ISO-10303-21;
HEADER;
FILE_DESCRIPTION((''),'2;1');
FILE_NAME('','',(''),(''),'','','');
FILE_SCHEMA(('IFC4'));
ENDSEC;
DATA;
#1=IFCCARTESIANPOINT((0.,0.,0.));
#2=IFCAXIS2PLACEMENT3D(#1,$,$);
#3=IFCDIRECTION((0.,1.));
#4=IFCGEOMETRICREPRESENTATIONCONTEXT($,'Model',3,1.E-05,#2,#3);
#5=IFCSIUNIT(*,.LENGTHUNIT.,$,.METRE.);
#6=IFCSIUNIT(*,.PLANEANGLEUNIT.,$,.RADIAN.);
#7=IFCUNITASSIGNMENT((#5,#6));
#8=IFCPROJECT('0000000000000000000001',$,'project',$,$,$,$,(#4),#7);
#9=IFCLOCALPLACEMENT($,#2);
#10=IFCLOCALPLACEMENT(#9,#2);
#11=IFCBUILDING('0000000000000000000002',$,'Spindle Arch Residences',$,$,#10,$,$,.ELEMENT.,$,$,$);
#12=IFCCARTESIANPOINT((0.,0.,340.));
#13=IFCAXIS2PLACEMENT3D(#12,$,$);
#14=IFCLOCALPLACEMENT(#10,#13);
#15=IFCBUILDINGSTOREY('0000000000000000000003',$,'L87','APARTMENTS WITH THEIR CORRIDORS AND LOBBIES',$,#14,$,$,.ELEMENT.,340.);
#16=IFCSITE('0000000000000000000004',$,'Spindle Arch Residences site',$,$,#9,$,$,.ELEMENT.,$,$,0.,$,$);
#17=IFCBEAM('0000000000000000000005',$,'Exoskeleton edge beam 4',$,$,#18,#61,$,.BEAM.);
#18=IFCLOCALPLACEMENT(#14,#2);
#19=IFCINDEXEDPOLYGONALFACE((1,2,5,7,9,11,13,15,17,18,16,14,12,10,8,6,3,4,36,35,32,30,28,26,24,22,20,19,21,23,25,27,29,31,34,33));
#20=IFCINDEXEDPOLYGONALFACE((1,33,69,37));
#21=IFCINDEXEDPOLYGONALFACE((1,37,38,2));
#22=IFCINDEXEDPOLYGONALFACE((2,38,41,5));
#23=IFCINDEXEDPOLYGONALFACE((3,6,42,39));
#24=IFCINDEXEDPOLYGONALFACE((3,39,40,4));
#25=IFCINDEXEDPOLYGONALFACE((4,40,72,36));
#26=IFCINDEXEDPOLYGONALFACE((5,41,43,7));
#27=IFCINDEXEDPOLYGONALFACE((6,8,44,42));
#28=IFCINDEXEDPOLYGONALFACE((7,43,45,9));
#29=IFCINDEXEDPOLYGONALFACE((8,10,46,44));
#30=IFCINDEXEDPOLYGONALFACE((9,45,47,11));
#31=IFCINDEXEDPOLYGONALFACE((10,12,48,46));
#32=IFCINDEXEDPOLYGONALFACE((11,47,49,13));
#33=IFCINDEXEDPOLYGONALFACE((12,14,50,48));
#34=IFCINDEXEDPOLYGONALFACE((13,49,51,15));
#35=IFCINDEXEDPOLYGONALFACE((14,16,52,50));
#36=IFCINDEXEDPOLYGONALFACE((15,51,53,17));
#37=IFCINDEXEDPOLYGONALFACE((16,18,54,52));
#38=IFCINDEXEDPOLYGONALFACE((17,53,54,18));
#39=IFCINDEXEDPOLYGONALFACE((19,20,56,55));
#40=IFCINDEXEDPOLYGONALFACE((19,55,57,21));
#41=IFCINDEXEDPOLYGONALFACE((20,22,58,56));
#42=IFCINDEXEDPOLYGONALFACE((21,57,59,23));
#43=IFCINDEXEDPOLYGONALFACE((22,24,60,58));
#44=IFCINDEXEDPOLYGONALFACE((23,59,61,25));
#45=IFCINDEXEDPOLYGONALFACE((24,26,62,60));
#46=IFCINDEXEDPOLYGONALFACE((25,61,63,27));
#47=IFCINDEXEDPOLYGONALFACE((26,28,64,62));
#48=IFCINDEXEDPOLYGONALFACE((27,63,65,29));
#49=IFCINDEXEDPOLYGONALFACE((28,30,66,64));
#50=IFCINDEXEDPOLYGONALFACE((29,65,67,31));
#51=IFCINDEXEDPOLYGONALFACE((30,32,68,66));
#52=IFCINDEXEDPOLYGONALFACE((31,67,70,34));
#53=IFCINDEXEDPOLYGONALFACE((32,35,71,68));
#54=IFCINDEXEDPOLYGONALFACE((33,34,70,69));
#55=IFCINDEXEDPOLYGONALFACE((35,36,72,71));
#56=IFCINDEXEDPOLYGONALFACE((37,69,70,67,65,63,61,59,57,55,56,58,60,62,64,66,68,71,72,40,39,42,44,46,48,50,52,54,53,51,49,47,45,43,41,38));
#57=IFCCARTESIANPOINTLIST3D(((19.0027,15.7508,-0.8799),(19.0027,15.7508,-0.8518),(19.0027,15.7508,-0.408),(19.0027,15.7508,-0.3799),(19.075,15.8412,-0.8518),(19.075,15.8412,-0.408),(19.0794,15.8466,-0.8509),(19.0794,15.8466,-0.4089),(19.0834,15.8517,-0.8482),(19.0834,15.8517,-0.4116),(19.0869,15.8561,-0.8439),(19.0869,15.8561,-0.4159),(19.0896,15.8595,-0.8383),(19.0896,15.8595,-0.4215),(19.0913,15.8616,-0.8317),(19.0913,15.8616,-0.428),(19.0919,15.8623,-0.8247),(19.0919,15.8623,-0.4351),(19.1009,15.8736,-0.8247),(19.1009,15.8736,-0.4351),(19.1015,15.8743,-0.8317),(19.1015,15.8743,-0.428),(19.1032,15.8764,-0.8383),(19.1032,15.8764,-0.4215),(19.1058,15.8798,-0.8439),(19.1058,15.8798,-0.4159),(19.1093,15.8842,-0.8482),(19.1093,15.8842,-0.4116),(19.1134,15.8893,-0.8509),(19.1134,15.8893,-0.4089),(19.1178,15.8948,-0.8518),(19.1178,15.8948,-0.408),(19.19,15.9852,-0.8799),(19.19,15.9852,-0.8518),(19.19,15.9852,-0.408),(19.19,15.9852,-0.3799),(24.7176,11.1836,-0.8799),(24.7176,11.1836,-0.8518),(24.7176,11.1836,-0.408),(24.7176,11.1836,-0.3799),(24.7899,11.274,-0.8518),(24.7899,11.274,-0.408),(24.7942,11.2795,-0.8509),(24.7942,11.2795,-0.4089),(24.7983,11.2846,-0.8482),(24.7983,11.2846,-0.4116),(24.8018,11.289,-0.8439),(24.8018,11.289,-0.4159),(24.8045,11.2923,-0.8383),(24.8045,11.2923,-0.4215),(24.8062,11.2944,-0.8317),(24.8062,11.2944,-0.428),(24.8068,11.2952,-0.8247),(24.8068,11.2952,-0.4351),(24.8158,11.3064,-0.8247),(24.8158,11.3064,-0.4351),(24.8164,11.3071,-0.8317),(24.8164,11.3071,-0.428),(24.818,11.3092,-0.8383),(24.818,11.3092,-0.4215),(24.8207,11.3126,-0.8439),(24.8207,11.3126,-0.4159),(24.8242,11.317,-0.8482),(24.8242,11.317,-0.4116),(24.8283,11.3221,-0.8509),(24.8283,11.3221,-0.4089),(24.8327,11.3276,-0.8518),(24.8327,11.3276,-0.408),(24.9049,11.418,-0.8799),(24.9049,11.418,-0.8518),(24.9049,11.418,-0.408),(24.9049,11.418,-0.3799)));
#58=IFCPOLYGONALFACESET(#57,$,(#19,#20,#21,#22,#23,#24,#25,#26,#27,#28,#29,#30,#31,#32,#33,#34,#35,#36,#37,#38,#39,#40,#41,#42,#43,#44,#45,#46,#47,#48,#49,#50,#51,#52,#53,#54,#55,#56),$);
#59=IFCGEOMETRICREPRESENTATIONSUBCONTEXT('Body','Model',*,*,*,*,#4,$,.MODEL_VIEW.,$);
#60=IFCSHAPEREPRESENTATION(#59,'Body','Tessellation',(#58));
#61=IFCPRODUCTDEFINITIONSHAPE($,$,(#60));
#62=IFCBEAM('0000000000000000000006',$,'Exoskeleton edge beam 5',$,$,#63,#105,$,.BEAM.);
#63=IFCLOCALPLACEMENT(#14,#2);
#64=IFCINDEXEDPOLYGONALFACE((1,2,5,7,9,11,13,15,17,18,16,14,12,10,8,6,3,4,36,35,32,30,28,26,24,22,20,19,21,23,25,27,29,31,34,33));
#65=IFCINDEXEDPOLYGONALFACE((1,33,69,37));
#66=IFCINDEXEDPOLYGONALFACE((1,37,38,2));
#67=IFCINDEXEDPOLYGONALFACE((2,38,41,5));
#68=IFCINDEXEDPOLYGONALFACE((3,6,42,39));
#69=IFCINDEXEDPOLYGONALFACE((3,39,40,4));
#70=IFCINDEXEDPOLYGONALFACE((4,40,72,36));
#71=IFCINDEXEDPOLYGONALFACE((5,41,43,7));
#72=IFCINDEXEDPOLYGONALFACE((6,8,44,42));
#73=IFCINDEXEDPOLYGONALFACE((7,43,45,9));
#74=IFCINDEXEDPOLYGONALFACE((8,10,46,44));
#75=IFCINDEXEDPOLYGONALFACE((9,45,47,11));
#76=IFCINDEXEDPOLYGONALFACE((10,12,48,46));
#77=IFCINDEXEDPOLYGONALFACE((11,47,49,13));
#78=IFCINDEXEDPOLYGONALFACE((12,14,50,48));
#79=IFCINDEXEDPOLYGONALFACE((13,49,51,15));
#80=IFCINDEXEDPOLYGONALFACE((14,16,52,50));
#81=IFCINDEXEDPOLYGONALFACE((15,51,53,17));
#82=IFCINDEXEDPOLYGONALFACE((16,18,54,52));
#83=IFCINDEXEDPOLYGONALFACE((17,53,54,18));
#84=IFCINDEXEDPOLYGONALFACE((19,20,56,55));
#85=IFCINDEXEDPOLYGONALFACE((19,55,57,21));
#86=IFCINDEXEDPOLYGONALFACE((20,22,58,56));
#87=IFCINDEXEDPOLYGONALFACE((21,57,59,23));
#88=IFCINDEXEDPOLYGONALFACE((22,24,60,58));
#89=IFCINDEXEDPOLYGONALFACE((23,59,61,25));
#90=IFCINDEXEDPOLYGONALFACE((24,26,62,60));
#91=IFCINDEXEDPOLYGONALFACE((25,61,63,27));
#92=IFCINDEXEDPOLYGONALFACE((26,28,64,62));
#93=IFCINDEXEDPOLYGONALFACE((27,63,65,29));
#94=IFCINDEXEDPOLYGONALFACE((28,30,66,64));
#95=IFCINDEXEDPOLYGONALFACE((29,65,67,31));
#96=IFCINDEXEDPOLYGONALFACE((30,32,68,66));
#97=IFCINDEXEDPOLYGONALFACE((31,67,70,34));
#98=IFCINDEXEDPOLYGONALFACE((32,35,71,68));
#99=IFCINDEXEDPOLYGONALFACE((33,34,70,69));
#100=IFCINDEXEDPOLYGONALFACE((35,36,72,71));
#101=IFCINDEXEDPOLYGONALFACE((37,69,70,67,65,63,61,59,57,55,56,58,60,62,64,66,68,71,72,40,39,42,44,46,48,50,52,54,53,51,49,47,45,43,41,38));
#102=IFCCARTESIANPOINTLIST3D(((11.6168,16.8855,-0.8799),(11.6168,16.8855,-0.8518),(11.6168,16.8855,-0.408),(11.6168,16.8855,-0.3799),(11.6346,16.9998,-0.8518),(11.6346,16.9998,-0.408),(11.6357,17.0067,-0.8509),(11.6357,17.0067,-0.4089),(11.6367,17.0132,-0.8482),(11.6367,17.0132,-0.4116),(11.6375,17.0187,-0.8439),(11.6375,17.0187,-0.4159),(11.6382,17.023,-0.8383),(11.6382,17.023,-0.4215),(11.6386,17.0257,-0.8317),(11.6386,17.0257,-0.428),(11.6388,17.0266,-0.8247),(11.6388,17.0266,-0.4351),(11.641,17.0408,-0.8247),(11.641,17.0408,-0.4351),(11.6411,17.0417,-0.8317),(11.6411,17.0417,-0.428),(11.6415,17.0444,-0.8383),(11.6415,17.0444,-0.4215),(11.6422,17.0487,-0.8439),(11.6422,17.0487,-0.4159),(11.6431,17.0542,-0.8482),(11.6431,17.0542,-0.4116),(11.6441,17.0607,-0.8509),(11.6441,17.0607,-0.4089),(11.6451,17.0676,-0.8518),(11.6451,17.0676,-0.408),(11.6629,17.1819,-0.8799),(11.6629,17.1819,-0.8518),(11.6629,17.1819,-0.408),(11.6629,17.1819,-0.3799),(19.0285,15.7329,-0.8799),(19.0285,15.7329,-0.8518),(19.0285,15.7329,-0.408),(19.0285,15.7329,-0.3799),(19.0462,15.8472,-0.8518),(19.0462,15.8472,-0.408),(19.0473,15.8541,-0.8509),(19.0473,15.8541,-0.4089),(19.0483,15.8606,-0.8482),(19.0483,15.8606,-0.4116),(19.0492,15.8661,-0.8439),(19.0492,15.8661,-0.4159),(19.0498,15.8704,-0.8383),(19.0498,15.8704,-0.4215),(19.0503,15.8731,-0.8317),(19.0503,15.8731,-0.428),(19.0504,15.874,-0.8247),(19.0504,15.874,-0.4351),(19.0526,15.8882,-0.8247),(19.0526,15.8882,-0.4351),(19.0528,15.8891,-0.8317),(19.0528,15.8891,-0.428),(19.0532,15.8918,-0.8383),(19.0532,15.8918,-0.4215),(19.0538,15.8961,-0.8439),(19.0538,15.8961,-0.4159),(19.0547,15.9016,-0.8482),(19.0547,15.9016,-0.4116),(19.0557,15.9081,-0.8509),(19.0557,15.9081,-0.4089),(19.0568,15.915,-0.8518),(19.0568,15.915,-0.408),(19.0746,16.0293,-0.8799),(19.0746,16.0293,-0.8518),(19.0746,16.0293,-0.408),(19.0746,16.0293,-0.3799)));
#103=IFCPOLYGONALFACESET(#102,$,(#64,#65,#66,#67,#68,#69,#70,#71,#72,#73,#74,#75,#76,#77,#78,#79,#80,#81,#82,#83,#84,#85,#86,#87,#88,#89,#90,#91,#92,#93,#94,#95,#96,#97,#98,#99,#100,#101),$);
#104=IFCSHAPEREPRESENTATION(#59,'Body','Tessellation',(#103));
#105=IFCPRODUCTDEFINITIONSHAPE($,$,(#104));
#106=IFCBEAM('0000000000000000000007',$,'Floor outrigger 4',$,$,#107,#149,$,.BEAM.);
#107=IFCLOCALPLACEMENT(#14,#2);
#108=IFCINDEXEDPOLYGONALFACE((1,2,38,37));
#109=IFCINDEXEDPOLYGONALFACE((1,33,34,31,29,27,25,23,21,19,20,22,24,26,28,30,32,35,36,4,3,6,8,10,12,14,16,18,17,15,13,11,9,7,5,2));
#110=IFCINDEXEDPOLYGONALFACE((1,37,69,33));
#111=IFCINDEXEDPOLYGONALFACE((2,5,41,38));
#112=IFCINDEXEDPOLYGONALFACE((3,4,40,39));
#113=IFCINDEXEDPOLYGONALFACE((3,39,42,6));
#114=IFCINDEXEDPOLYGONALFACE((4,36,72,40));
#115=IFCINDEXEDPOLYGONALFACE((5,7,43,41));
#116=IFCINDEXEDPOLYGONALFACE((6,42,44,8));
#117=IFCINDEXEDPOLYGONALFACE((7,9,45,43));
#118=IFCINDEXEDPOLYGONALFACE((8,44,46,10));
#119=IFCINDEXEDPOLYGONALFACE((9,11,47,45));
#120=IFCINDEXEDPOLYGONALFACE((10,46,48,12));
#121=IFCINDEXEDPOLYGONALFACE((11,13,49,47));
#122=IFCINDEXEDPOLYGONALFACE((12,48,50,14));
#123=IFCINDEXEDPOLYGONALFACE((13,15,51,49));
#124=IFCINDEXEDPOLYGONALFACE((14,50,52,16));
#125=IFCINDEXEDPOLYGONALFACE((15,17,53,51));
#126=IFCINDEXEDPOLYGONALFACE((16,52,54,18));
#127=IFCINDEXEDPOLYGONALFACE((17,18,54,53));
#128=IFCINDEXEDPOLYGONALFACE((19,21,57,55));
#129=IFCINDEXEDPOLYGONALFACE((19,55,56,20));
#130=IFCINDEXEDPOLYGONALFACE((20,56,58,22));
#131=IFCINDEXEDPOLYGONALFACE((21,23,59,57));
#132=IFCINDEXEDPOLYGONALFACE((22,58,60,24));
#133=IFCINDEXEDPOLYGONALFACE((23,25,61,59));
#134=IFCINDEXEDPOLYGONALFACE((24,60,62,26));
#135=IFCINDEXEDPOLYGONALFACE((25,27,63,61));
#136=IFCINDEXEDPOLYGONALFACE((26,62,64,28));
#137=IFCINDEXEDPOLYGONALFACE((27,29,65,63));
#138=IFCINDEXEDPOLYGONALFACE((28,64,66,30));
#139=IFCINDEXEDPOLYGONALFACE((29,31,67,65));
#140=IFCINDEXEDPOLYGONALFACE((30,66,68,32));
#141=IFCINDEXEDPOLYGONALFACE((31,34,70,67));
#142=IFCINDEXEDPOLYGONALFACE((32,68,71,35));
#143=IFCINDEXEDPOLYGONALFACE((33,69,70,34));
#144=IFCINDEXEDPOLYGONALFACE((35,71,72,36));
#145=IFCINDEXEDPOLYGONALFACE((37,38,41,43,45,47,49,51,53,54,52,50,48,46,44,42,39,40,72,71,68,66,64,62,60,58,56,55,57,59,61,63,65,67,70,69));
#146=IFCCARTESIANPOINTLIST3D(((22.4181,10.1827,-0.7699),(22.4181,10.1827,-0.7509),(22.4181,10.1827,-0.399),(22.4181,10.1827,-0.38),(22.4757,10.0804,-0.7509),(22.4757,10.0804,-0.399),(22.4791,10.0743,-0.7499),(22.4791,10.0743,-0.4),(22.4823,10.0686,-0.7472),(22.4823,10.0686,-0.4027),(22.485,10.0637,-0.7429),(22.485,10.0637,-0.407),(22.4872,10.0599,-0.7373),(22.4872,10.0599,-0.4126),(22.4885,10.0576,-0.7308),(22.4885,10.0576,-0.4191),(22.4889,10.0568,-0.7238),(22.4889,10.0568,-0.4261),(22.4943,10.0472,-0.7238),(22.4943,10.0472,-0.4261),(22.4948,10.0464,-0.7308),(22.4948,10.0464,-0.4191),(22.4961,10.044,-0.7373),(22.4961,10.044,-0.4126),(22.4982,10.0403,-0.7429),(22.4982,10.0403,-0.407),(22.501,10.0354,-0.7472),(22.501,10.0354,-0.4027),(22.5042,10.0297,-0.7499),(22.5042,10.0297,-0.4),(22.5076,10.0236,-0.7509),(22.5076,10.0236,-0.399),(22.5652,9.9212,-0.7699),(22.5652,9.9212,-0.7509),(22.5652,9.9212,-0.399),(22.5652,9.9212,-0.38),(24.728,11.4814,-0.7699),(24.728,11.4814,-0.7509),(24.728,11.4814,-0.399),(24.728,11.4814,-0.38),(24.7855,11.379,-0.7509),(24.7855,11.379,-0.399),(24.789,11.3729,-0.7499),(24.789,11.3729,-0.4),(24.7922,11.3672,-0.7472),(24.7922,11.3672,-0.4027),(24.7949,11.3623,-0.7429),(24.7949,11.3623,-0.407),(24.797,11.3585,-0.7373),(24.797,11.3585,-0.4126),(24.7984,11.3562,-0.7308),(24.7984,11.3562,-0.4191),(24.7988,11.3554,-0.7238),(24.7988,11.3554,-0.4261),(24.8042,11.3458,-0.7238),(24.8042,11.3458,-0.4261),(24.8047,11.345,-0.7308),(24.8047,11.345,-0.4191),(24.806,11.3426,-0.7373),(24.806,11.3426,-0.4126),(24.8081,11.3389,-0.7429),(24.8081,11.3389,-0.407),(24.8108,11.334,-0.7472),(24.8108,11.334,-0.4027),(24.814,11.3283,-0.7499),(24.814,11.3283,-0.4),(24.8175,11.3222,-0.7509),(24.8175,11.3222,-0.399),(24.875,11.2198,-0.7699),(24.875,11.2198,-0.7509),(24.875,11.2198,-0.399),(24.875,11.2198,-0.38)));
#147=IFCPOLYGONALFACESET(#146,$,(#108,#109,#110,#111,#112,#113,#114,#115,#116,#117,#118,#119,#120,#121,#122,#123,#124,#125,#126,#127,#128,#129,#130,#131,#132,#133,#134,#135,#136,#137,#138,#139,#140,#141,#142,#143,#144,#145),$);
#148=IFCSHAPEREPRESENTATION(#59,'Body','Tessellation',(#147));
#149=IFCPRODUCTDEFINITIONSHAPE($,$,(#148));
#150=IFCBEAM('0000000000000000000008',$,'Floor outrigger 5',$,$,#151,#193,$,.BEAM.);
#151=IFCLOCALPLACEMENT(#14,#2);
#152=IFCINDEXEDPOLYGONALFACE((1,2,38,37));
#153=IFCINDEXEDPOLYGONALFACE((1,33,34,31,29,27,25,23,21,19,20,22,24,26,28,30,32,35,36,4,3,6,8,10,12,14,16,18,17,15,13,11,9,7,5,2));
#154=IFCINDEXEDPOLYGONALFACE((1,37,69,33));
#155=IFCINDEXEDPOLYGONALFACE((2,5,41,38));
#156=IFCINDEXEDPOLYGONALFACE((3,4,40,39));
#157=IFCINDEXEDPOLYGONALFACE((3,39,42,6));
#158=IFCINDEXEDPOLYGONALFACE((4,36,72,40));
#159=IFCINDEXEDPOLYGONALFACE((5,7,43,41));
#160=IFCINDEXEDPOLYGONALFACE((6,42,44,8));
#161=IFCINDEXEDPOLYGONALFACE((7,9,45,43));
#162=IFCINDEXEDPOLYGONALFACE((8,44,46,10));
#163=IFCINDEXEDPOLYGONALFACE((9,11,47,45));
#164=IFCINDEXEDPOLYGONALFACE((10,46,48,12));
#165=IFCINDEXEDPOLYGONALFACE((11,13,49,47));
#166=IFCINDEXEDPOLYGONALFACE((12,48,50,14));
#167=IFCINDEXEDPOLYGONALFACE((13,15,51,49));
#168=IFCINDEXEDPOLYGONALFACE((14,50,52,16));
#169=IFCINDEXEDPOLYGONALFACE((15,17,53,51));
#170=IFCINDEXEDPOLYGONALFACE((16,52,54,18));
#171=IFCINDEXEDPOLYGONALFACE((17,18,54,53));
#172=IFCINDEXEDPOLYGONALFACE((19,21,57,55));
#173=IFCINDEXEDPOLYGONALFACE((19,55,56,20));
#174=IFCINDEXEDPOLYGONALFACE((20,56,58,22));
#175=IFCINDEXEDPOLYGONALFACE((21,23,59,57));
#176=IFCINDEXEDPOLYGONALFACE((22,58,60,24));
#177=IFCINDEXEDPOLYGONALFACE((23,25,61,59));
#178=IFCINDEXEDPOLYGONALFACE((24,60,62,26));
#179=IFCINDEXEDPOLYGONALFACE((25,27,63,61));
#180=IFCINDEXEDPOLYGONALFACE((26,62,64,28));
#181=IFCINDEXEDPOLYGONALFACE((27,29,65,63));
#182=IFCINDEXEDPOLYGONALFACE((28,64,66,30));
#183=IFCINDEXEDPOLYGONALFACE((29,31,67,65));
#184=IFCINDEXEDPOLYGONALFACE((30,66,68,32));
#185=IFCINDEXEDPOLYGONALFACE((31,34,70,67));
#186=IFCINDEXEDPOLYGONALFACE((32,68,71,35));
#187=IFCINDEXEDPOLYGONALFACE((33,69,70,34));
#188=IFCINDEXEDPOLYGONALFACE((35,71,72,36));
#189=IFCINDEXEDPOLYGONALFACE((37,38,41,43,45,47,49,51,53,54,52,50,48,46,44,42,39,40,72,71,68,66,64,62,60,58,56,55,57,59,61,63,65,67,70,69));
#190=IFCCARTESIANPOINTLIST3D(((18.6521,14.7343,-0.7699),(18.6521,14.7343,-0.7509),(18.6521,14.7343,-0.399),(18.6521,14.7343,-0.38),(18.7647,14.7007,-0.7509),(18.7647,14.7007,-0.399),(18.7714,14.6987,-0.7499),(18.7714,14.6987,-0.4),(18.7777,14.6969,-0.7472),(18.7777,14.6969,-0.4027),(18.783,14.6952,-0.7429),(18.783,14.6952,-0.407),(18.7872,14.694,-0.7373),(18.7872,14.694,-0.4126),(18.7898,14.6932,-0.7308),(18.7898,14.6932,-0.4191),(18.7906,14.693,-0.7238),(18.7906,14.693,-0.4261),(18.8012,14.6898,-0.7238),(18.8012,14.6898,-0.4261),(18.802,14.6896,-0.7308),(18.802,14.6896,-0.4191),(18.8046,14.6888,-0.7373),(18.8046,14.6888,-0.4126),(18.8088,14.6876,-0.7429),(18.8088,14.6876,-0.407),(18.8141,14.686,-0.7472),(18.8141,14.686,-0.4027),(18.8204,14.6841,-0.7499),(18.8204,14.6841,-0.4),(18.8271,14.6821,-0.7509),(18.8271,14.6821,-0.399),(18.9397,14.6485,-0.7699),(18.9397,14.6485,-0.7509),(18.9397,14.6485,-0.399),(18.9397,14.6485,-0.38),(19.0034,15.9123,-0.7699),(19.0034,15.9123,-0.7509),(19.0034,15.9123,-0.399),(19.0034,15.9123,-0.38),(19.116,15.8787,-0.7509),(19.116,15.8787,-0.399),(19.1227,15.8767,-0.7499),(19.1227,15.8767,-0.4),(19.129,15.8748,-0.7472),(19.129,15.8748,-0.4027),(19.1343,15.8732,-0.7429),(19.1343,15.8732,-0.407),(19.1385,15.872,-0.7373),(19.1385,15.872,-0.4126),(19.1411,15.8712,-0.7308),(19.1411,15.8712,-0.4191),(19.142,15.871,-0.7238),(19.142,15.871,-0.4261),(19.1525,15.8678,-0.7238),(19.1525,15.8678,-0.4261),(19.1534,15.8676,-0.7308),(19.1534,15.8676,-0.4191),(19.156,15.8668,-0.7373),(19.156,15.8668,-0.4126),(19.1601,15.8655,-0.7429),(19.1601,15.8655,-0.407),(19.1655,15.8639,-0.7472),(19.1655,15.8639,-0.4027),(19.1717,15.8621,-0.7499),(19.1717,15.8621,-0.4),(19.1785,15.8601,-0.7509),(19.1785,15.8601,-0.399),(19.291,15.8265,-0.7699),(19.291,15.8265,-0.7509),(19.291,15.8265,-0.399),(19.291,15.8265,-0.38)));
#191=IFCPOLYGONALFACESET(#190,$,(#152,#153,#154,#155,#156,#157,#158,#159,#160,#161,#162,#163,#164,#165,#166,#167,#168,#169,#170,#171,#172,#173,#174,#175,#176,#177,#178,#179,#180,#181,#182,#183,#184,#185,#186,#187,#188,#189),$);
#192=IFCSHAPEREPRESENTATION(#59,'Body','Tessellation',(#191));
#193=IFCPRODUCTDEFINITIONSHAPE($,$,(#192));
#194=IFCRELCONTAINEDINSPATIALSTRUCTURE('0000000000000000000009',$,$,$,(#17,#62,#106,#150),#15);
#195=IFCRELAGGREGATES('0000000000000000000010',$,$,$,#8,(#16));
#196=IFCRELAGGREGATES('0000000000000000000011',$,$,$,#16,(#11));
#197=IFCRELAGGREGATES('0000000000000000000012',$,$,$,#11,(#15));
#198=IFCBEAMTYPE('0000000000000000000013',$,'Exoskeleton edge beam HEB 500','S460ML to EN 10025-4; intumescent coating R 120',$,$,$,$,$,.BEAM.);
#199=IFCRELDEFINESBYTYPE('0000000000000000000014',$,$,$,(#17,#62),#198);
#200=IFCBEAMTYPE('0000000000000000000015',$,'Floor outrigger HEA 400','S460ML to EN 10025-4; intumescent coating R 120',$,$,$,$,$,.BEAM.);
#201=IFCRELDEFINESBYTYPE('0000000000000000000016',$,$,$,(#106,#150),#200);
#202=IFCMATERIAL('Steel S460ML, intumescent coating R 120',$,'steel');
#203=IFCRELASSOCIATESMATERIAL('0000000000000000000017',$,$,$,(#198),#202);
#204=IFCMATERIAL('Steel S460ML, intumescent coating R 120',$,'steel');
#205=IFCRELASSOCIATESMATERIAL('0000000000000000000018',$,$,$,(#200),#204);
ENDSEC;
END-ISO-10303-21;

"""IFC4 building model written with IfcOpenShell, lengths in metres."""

from ifc_helpers import new_model, si_unit, direction, frame, origin, origin_2d, place, context, subcontext, project, spatial, i_section, extrude, material, material_profile, profile_set, type_object, element, save


model = new_model("IFC4")

# Units and contexts
model_context = context("Model", 3, precision=1e-05, world=origin(), true_north=direction((0.0, 1.0)))
body_context = subcontext(model_context, "Body", "Model", "MODEL_VIEW")
ifc_project = project(units=[si_unit("LENGTHUNIT", "METRE"), si_unit("PLANEANGLEUNIT", "RADIAN")], contexts=[model_context])

# Site, building, storey
site_placement = place(None, origin())
site = spatial("IfcSite", under=ifc_project, at=site_placement, Name="Spindle Arch Residences site", CompositionType="ELEMENT", RefElevation=0.0)
building_placement = place(site_placement, origin())
building = spatial("IfcBuilding", under=site, at=building_placement, Name="Spindle Arch Residences", CompositionType="ELEMENT")
storey_placement = place(building_placement, frame((0.0, 0.0, 340.0)))
storey = spatial("IfcBuildingStorey", under=building, at=storey_placement, Name="L87", Description="APARTMENTS WITH THEIR CORRIDORS AND LOBBIES", CompositionType="ELEMENT", Elevation=340.0)

# Beams
ifc_material_1 = material(Name="Steel S460ML, intumescent coating R 120", Category="steel")
ifc_material_profile_1 = material_profile(ifc_material_1, i_section(OverallWidth=0.3, OverallDepth=0.5, WebThickness=0.0144, FlangeThickness=0.0281, FilletRadius=0.0271, at=origin_2d()), Name="HEB 500")
ifc_profile_set_1 = profile_set([ifc_material_profile_1], Name="Steel S460ML, intumescent coating R 120")
beam_type_1 = type_object("IfcBeamType", Name="Exoskeleton edge beam HEB 500", Description="S460ML to EN 10025-4; intumescent coating R 120", PredefinedType="BEAM", material=ifc_profile_set_1)
beam_1_placement = place(storey_placement, frame((24.8113, 11.3008, -0.6299), z_axis=(-0.781185, 0.6243, 0.0), x_axis=(-0.6243, -0.781185, 0.0)))
element("IfcBeam", 1, at=beam_1_placement, inside=storey, type_object=beam_type_1, Name="Exoskeleton edge beam 4", PredefinedType="BEAM", context=body_context, shape_type="SweptSolid", body=[
    extrude(i_section(OverallWidth=0.3, OverallDepth=0.5, WebThickness=0.0144, FlangeThickness=0.0281, FilletRadius=0.0271, at=origin_2d()), origin(), (0.0, 0.0, 1.0), 7.3157),
])
beam_2_placement = place(storey_placement, frame((19.0515, 15.8811, -0.6299), z_axis=(-0.988123, 0.153664, 0.0), x_axis=(-0.153664, -0.988123, 0.0)))
element("IfcBeam", 2, at=beam_2_placement, inside=storey, type_object=beam_type_1, Name="Exoskeleton edge beam 5", PredefinedType="BEAM", context=body_context, shape_type="SweptSolid", body=[
    extrude(i_section(OverallWidth=0.3, OverallDepth=0.5, WebThickness=0.0144, FlangeThickness=0.0281, FilletRadius=0.0271, at=origin_2d()), origin(), (0.0, 0.0, 1.0), 7.5007),
])
ifc_material_2 = material(Name="Steel S460ML, intumescent coating R 120", Category="steel")
ifc_material_profile_2 = material_profile(ifc_material_2, i_section(OverallWidth=0.3, OverallDepth=0.3899, WebThickness=0.011, FlangeThickness=0.019, FilletRadius=0.0271, at=origin_2d()), Name="HEA 400")
ifc_profile_set_2 = profile_set([ifc_material_profile_2], Name="Steel S460ML, intumescent coating R 120")
beam_type_2 = type_object("IfcBeamType", Name="Floor outrigger HEA 400", Description="S460ML to EN 10025-4; intumescent coating R 120", PredefinedType="BEAM", material=ifc_profile_set_2)
beam_3_placement = place(storey_placement, frame((24.8015, 11.3506, -0.575), z_axis=(-0.871686, -0.490064, 0.0), x_axis=(0.490064, -0.871686, 0.0)))
element("IfcBeam", 3, at=beam_3_placement, inside=storey, type_object=beam_type_2, Name="Floor outrigger 4", PredefinedType="BEAM", context=body_context, shape_type="SweptSolid", body=[
    extrude(i_section(OverallWidth=0.3, OverallDepth=0.3899, WebThickness=0.011, FlangeThickness=0.019, FilletRadius=0.0271, at=origin_2d()), origin(), (0.0, 0.0, 1.0), 2.6499),
])
beam_4_placement = place(storey_placement, frame((19.1472, 15.8694, -0.575), z_axis=(-0.285799, -0.95829, 0.0), x_axis=(0.95829, -0.285799, 0.0)))
element("IfcBeam", 4, at=beam_4_placement, inside=storey, type_object=beam_type_2, Name="Floor outrigger 5", PredefinedType="BEAM", context=body_context, shape_type="SweptSolid", body=[
    extrude(i_section(OverallWidth=0.3, OverallDepth=0.3899, WebThickness=0.011, FlangeThickness=0.019, FilletRadius=0.0271, at=origin_2d()), origin(), (0.0, 0.0, 1.0), 1.2292),
])

save(model, "model.ifc")
